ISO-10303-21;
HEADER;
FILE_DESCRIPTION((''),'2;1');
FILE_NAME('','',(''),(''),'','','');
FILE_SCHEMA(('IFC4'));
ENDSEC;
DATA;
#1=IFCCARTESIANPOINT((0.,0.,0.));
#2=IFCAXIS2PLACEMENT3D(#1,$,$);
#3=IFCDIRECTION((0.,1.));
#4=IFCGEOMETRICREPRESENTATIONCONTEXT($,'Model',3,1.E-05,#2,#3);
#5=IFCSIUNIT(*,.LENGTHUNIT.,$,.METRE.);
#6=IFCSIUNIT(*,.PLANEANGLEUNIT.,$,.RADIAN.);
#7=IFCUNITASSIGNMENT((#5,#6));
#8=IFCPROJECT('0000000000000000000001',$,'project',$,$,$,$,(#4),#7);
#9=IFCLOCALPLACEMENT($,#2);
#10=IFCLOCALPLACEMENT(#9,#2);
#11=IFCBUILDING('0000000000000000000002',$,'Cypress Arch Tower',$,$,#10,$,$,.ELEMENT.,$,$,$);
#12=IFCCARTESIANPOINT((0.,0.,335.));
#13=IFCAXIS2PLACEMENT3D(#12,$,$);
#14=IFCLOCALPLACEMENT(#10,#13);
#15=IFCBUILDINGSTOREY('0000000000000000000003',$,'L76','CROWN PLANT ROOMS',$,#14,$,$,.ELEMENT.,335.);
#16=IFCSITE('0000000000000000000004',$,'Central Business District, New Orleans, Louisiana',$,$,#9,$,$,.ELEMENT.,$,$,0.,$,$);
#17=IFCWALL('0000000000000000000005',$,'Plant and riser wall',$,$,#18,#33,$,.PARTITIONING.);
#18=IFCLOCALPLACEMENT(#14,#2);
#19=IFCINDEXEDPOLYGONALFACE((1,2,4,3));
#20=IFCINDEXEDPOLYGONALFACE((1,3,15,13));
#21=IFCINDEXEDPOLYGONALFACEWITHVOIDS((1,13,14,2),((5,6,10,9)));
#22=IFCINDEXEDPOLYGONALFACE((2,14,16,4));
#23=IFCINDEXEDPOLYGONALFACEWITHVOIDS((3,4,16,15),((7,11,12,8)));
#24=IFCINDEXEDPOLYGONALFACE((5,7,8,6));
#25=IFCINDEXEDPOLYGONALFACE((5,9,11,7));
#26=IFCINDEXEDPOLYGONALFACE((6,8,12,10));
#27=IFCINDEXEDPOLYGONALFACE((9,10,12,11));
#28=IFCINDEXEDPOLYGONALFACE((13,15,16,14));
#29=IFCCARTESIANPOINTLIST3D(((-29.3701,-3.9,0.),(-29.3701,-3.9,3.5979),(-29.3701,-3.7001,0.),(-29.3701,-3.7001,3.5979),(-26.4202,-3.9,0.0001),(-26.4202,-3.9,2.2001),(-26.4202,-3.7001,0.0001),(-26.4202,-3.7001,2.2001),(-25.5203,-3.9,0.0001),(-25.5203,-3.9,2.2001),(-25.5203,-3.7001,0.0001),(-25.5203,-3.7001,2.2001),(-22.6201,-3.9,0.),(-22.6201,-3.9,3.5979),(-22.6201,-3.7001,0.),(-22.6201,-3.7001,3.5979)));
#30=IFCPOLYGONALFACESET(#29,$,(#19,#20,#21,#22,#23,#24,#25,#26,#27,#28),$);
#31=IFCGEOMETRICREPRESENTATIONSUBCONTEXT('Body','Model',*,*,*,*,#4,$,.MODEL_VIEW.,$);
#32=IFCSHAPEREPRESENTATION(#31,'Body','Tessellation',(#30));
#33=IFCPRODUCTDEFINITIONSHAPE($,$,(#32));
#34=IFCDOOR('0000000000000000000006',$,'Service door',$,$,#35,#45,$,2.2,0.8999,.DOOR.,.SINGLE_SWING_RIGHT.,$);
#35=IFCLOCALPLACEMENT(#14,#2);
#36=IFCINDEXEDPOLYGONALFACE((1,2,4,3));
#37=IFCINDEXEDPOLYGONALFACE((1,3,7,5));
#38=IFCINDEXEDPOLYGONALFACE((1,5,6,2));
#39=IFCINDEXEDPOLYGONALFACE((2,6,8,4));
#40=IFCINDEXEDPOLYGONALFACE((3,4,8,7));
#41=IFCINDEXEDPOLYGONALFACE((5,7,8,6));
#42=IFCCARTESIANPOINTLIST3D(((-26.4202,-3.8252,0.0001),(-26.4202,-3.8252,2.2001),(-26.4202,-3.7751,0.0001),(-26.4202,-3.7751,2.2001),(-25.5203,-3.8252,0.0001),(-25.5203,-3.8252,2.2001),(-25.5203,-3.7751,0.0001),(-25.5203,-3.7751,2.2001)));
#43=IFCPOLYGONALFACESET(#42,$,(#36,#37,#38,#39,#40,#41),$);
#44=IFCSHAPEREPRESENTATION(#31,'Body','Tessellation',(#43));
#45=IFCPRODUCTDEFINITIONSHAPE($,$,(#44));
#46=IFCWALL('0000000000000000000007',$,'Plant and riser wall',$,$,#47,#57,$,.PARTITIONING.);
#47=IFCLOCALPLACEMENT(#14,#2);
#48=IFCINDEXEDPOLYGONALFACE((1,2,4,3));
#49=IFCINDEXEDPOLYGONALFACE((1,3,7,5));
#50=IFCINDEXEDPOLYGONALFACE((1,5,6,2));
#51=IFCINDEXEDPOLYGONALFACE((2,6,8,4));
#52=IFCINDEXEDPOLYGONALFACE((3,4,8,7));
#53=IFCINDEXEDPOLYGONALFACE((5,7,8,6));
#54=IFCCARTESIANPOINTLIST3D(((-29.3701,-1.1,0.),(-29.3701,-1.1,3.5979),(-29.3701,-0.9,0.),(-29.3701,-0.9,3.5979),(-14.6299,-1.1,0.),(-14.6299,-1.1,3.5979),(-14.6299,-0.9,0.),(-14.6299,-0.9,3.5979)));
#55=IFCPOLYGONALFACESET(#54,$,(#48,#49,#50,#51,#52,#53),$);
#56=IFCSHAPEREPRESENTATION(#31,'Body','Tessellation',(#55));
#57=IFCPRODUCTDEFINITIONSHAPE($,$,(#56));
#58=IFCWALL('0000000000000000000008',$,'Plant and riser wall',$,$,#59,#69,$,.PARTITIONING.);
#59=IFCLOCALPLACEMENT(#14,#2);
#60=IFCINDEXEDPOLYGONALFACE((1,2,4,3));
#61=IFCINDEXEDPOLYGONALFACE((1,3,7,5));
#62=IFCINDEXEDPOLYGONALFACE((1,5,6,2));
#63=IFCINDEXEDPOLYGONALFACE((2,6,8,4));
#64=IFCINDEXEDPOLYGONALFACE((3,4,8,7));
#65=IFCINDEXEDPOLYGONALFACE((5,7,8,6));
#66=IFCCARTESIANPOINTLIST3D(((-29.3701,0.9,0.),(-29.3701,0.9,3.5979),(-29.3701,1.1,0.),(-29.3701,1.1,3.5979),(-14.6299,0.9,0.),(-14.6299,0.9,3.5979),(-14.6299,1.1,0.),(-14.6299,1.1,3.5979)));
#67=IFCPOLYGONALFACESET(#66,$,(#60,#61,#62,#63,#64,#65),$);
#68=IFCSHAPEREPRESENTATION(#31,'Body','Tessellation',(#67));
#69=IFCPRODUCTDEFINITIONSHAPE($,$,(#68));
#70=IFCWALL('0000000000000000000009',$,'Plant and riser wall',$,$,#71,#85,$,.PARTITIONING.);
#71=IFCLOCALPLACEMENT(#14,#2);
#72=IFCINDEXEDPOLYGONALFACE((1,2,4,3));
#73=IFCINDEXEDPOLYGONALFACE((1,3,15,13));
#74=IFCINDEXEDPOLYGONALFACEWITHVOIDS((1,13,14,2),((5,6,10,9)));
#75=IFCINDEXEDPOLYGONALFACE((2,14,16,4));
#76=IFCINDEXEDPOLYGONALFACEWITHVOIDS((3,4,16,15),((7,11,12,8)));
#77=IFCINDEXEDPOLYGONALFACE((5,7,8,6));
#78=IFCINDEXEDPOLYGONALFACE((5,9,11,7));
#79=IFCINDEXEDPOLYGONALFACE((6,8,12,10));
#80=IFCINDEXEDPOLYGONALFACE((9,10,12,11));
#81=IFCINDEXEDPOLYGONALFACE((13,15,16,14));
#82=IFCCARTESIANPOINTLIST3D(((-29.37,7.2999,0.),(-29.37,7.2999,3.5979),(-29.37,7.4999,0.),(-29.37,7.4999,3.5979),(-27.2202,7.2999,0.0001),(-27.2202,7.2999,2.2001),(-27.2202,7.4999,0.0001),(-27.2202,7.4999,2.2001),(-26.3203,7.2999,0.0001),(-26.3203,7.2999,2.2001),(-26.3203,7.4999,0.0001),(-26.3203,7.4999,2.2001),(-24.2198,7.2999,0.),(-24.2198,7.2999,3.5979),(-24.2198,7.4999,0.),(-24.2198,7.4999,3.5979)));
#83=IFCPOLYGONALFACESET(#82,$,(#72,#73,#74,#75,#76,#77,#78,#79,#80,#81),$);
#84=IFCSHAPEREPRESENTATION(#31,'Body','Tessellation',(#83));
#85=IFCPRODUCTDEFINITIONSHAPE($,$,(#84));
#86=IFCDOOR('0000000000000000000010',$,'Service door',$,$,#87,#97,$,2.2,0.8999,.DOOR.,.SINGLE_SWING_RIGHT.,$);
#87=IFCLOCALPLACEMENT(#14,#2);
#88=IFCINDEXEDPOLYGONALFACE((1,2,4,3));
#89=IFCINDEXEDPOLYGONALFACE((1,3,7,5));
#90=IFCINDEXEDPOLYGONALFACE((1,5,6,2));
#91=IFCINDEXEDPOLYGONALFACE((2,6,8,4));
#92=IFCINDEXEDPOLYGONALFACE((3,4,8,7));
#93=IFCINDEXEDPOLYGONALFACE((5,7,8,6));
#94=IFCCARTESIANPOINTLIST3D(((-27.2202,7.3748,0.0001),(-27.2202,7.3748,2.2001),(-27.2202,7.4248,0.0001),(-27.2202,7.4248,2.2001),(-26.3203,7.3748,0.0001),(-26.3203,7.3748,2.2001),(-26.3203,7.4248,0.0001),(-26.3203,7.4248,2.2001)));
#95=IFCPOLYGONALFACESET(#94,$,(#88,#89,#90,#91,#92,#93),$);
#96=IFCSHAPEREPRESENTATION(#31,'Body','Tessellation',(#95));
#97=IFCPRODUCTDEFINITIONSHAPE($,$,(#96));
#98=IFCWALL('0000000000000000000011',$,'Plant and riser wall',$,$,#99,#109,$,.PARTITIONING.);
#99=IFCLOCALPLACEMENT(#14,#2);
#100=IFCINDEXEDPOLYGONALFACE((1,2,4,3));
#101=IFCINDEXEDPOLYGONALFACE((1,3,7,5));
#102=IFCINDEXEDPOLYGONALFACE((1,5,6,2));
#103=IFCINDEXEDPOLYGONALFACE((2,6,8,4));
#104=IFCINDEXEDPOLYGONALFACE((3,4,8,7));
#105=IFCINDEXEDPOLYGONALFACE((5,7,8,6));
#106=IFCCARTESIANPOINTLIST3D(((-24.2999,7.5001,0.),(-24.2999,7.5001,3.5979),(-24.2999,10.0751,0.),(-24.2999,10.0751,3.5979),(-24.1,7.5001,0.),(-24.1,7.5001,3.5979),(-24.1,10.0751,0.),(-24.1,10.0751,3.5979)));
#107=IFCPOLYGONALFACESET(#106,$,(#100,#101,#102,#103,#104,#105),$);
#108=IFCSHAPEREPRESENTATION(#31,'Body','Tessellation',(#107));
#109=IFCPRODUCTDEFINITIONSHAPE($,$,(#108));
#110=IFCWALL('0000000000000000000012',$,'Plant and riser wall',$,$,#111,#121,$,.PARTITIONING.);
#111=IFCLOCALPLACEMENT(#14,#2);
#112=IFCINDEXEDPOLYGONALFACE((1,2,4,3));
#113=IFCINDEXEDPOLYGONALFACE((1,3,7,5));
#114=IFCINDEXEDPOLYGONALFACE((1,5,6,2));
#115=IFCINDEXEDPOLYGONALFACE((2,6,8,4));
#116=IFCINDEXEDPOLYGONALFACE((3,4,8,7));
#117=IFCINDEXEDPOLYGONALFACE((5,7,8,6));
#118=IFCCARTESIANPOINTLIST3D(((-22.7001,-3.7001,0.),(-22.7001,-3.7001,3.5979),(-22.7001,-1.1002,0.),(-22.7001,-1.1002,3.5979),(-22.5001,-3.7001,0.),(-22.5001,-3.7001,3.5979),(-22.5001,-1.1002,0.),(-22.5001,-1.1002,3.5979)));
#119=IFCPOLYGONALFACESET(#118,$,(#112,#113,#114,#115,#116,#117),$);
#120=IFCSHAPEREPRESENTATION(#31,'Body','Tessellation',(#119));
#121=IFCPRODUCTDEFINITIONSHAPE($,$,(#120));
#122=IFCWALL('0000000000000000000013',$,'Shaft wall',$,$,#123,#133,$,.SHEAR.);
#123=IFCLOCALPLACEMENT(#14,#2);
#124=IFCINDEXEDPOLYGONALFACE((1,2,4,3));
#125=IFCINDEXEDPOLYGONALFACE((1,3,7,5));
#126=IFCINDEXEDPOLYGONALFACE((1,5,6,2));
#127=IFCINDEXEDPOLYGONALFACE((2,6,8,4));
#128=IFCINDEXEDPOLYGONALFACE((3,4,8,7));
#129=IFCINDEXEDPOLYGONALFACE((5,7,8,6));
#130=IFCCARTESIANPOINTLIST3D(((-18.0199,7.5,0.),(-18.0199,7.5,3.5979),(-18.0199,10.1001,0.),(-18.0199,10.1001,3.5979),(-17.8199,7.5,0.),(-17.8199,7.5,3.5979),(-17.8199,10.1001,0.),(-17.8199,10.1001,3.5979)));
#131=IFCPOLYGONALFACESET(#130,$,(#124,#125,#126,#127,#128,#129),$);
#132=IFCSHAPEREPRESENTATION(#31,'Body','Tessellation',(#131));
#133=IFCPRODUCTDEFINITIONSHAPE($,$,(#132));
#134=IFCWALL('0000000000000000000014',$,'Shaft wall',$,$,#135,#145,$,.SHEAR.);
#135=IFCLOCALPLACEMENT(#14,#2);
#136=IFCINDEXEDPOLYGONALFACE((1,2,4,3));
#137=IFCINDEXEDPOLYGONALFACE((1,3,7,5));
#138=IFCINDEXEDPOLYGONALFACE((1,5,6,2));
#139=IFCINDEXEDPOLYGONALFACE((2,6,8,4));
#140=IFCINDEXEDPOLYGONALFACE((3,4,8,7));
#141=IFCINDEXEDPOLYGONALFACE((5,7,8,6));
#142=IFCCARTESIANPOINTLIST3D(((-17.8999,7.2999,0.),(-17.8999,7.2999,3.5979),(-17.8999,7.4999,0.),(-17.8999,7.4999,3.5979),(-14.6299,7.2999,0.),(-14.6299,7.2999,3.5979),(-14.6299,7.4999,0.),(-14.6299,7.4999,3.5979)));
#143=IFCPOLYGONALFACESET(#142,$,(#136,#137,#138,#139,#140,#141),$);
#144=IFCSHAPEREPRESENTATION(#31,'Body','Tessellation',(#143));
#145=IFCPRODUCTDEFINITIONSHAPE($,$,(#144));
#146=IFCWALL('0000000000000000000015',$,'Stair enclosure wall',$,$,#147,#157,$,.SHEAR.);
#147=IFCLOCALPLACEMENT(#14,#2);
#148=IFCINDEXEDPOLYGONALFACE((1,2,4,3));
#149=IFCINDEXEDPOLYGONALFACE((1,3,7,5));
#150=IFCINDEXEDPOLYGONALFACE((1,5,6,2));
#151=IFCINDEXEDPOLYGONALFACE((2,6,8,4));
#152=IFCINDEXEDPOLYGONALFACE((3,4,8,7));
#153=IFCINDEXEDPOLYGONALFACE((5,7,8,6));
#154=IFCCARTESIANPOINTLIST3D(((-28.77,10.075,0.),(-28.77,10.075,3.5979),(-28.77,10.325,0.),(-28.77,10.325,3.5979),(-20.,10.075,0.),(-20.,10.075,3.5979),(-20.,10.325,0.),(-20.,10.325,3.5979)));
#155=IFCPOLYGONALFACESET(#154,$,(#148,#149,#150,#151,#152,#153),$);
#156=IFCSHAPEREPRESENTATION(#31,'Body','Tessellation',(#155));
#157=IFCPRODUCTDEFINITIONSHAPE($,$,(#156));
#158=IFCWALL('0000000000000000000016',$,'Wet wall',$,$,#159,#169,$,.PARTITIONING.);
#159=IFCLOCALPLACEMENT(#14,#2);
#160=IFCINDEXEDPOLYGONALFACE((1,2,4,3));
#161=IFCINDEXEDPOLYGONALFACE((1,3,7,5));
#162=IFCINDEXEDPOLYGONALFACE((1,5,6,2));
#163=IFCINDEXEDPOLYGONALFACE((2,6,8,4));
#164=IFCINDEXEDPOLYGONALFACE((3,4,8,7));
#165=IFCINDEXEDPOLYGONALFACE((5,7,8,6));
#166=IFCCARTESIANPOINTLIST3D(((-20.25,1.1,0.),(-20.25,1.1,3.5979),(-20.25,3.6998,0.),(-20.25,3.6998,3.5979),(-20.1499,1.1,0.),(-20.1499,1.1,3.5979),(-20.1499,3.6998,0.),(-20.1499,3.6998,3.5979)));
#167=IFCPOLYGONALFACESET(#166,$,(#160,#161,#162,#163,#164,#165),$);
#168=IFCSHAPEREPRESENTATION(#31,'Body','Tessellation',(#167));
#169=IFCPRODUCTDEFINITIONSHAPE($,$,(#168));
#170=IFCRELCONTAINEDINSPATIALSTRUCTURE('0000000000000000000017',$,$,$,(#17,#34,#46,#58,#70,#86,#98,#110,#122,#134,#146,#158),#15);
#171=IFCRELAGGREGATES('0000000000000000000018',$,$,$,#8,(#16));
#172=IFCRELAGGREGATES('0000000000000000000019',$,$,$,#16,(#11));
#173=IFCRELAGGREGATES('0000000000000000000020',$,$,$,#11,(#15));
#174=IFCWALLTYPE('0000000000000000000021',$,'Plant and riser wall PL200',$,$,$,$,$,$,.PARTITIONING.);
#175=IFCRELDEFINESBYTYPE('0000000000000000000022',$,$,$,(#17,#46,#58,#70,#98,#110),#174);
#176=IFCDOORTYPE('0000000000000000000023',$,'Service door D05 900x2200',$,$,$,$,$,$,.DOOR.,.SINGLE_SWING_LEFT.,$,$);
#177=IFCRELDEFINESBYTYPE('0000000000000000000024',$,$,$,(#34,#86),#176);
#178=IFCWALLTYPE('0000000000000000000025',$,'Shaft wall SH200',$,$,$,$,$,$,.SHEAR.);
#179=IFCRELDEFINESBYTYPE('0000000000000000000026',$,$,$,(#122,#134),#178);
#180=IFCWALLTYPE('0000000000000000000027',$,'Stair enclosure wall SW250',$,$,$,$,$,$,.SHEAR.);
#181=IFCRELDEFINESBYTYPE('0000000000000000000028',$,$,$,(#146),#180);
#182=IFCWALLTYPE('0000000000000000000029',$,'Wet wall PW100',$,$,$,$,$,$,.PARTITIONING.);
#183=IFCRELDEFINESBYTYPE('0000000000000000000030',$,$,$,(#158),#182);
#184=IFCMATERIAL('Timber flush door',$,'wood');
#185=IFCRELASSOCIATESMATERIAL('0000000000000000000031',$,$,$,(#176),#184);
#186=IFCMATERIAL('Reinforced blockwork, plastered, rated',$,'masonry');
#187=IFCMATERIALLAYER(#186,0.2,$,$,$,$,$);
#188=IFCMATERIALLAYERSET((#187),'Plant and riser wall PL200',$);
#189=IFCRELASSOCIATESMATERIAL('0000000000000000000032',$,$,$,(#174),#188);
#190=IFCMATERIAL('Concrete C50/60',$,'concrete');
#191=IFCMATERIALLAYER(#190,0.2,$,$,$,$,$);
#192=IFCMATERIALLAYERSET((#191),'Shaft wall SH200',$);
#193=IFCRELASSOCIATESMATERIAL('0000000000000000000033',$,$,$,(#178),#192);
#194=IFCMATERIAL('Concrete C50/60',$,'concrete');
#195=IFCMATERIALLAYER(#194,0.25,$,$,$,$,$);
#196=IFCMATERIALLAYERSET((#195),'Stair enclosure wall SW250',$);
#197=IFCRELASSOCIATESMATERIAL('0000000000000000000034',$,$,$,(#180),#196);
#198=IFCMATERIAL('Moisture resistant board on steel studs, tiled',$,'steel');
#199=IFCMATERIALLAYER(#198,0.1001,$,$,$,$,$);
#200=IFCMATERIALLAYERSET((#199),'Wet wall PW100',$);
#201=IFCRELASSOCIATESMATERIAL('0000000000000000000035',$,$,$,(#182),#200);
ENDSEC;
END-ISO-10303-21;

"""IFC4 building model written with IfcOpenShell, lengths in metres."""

from ifc_helpers import new_model, si_unit, direction, frame, frame_2d, origin, place, context, subcontext, project, spatial, rectangle, extrude, material, layer, layer_set, type_object, element, fill, save


model = new_model("IFC4")

# Units and contexts
model_context = context("Model", 3, precision=1e-05, world=origin(), true_north=direction((0.0, 1.0)))
body_context = subcontext(model_context, "Body", "Model", "MODEL_VIEW")
ifc_project = project(units=[si_unit("LENGTHUNIT", "METRE"), si_unit("PLANEANGLEUNIT", "RADIAN")], contexts=[model_context])

# Site, building, storey
site_placement = place(None, origin())
site = spatial("IfcSite", under=ifc_project, at=site_placement, Name="Central Business District, New Orleans, Louisiana", CompositionType="ELEMENT", RefElevation=0.0)
building_placement = place(site_placement, origin())
building = spatial("IfcBuilding", under=site, at=building_placement, Name="Cypress Arch Tower", CompositionType="ELEMENT")
storey_placement = place(building_placement, frame((0.0, 0.0, 335.0)))
storey = spatial("IfcBuildingStorey", under=building, at=storey_placement, Name="L76", Description="CROWN PLANT ROOMS", CompositionType="ELEMENT", Elevation=335.0)

# Shared definitions
ifc_material_1 = material(Name="Timber flush door", Category="wood")
door_type = type_object("IfcDoorType", Name="Service door D05 900x2200", OperationType="SINGLE_SWING_LEFT", PredefinedType="DOOR", material=ifc_material_1)

# Wall, opening, door
ifc_material_2 = material(Name="Reinforced blockwork, plastered, rated", Category="masonry")
ifc_layer_1 = layer(ifc_material_2, 0.2)
ifc_layer_set_1 = layer_set([ifc_layer_1], Name="Plant and riser wall PL200")
wall_type_1 = type_object("IfcWallType", Name="Plant and riser wall PL200", PredefinedType="PARTITIONING", material=ifc_layer_set_1)
wall_1_placement = place(storey_placement, frame((-29.3701, -3.8, 0.0), z_axis=(0.0, 0.0, 1.0), x_axis=(1.0, 0.0, 0.0)))
wall_1 = element("IfcWall", 1, at=wall_1_placement, inside=storey, type_object=wall_type_1, Name="Plant and riser wall", PredefinedType="PARTITIONING", context=body_context, shape_type="SweptSolid", body=[
    extrude(rectangle(XDim=6.75, YDim=0.2, at=frame_2d((3.375, 0.0))), origin(), (0.0, 0.0, 1.0), 3.5979),
])
opening_1_placement = place(wall_1_placement, frame((2.95, 0.0, 0.0)))
opening_1 = element("IfcOpeningElement", 2, at=opening_1_placement, cuts=wall_1, PredefinedType="OPENING", context=body_context, shape_type="SweptSolid", body=[
    extrude(rectangle(XDim=0.8999, YDim=2.2, at=frame_2d((0.45, 1.1001))), frame((0.0, 0.1099, 0.0), z_axis=(0.0, -1.0, 0.0), x_axis=(1.0, 0.0, 0.0)), (0.0, 0.0, 1.0), 0.22),
])
door_1_placement = place(opening_1_placement, origin())
door_1 = element("IfcDoor", 3, at=door_1_placement, inside=storey, type_object=door_type, Name="Service door", OperationType="SINGLE_SWING_RIGHT", OverallHeight=2.2, OverallWidth=0.8999, PredefinedType="DOOR", context=body_context, shape_type="SweptSolid", body=[
    extrude(rectangle(XDim=0.8999, YDim=2.2, at=frame_2d((0.45, 1.1001))), frame((0.0, 0.0249, 0.0), z_axis=(0.0, -1.0, 0.0), x_axis=(1.0, 0.0, 0.0)), (0.0, 0.0, 1.0), 0.05),
])
fill(opening_1, door_1)

# Walls
for number, where, z_axis, x_axis, name in (
    (4, (-29.3701, -1.0, 0.0), (0.0, 0.0, 1.0), (1.0, 0.0, 0.0), "Plant and riser wall"),
    (5, (-29.3701, 1.0, 0.0), (0.0, 0.0, 1.0), (1.0, 0.0, 0.0), "Plant and riser wall"),
):
    element("IfcWall", number, at=place(storey_placement, frame(where, z_axis=z_axis, x_axis=x_axis)), inside=storey, type_object=wall_type_1, Name=name, PredefinedType="PARTITIONING", context=body_context, shape_type="SweptSolid", body=[
        extrude(rectangle(XDim=14.7402, YDim=0.2, at=frame_2d((7.3701, 0.0))), origin(), (0.0, 0.0, 1.0), 3.5979),
    ])

# Wall, opening, door
wall_2_placement = place(storey_placement, frame((-29.3701, 7.3999, 0.0), z_axis=(0.0, 0.0, 1.0), x_axis=(1.0, 0.0, 0.0)))
wall_2 = element("IfcWall", 6, at=wall_2_placement, inside=storey, type_object=wall_type_1, Name="Plant and riser wall", PredefinedType="PARTITIONING", context=body_context, shape_type="SweptSolid", body=[
    extrude(rectangle(XDim=5.1501, YDim=0.2, at=frame_2d((2.5752, 0.0))), origin(), (0.0, 0.0, 1.0), 3.5979),
])
opening_2_placement = place(wall_2_placement, frame((2.1499, 0.0, 0.0)))
opening_2 = element("IfcOpeningElement", 7, at=opening_2_placement, cuts=wall_2, PredefinedType="OPENING", context=body_context, shape_type="SweptSolid", body=[
    extrude(rectangle(XDim=0.8999, YDim=2.2, at=frame_2d((0.45, 1.1001))), frame((0.0, 0.1099, 0.0), z_axis=(0.0, -1.0, 0.0), x_axis=(1.0, 0.0, 0.0)), (0.0, 0.0, 1.0), 0.22),
])
door_2_placement = place(opening_2_placement, origin())
door_2 = element("IfcDoor", 8, at=door_2_placement, inside=storey, type_object=door_type, Name="Service door", OperationType="SINGLE_SWING_RIGHT", OverallHeight=2.2, OverallWidth=0.8999, PredefinedType="DOOR", context=body_context, shape_type="SweptSolid", body=[
    extrude(rectangle(XDim=0.8999, YDim=2.2, at=frame_2d((0.45, 1.1001))), frame((0.0, 0.0249, 0.0), z_axis=(0.0, -1.0, 0.0), x_axis=(1.0, 0.0, 0.0)), (0.0, 0.0, 1.0), 0.05),
])
fill(opening_2, door_2)

# Walls
wall_3_placement = place(storey_placement, frame((-24.2, 7.5, 0.0), z_axis=(0.0, 0.0, 1.0), x_axis=(0.0, 1.0, 0.0)))
element("IfcWall", 9, at=wall_3_placement, inside=storey, type_object=wall_type_1, Name="Plant and riser wall", PredefinedType="PARTITIONING", context=body_context, shape_type="SweptSolid", body=[
    extrude(rectangle(XDim=2.575, YDim=0.2, at=frame_2d((1.2876, 0.0))), origin(), (0.0, 0.0, 1.0), 3.5979),
])
wall_4_placement = place(storey_placement, frame((-22.6001, -3.7, 0.0), z_axis=(0.0, 0.0, 1.0), x_axis=(0.0, 1.0, 0.0)))
element("IfcWall", 10, at=wall_4_placement, inside=storey, type_object=wall_type_1, Name="Plant and riser wall", PredefinedType="PARTITIONING", context=body_context, shape_type="SweptSolid", body=[
    extrude(rectangle(XDim=2.5999, YDim=0.2, at=frame_2d((1.2998, 0.0))), origin(), (0.0, 0.0, 1.0), 3.5979),
])
ifc_material_3 = material(Name="Concrete C50/60", Category="concrete")
ifc_layer_2 = layer(ifc_material_3, 0.2)
ifc_layer_set_2 = layer_set([ifc_layer_2], Name="Shaft wall SH200")
wall_type_2 = type_object("IfcWallType", Name="Shaft wall SH200", PredefinedType="SHEAR", material=ifc_layer_set_2)
wall_5_placement = place(storey_placement, frame((-17.9199, 7.5, 0.0), z_axis=(0.0, 0.0, 1.0), x_axis=(0.0, 1.0, 0.0)))
element("IfcWall", 11, at=wall_5_placement, inside=storey, type_object=wall_type_2, Name="Shaft wall", PredefinedType="SHEAR", context=body_context, shape_type="SweptSolid", body=[
    extrude(rectangle(XDim=2.6001, YDim=0.2, at=frame_2d((1.3, 0.0))), origin(), (0.0, 0.0, 1.0), 3.5979),
])
wall_6_placement = place(storey_placement, frame((-17.8999, 7.3999, 0.0), z_axis=(0.0, 0.0, 1.0), x_axis=(1.0, 0.0, 0.0)))
element("IfcWall", 12, at=wall_6_placement, inside=storey, type_object=wall_type_2, Name="Shaft wall", PredefinedType="SHEAR", context=body_context, shape_type="SweptSolid", body=[
    extrude(rectangle(XDim=3.27, YDim=0.2, at=frame_2d((1.635, 0.0))), origin(), (0.0, 0.0, 1.0), 3.5979),
])
ifc_material_4 = material(Name="Concrete C50/60", Category="concrete")
ifc_layer_3 = layer(ifc_material_4, 0.25)
ifc_layer_set_3 = layer_set([ifc_layer_3], Name="Stair enclosure wall SW250")
wall_type_3 = type_object("IfcWallType", Name="Stair enclosure wall SW250", PredefinedType="SHEAR", material=ifc_layer_set_3)
wall_7_placement = place(storey_placement, frame((-28.77, 10.2, 0.0), z_axis=(0.0, 0.0, 1.0), x_axis=(1.0, 0.0, 0.0)))
element("IfcWall", 13, at=wall_7_placement, inside=storey, type_object=wall_type_3, Name="Stair enclosure wall", PredefinedType="SHEAR", context=body_context, shape_type="SweptSolid", body=[
    extrude(rectangle(XDim=8.77, YDim=0.25, at=frame_2d((4.385, 0.0))), origin(), (0.0, 0.0, 1.0), 3.5979),
])
ifc_material_5 = material(Name="Moisture resistant board on steel studs, tiled", Category="steel")
ifc_layer_4 = layer(ifc_material_5, 0.1001)
ifc_layer_set_4 = layer_set([ifc_layer_4], Name="Wet wall PW100")
wall_type_4 = type_object("IfcWallType", Name="Wet wall PW100", PredefinedType="PARTITIONING", material=ifc_layer_set_4)
wall_8_placement = place(storey_placement, frame((-20.2, 1.1001, 0.0), z_axis=(0.0, 0.0, 1.0), x_axis=(0.0, 1.0, 0.0)))
element("IfcWall", 14, at=wall_8_placement, inside=storey, type_object=wall_type_4, Name="Wet wall", PredefinedType="PARTITIONING", context=body_context, shape_type="SweptSolid", body=[
    extrude(rectangle(XDim=2.5999, YDim=0.1001, at=frame_2d((1.2998, 0.0))), origin(), (0.0, 0.0, 1.0), 3.5979),
])

save(model, "model.ifc")
